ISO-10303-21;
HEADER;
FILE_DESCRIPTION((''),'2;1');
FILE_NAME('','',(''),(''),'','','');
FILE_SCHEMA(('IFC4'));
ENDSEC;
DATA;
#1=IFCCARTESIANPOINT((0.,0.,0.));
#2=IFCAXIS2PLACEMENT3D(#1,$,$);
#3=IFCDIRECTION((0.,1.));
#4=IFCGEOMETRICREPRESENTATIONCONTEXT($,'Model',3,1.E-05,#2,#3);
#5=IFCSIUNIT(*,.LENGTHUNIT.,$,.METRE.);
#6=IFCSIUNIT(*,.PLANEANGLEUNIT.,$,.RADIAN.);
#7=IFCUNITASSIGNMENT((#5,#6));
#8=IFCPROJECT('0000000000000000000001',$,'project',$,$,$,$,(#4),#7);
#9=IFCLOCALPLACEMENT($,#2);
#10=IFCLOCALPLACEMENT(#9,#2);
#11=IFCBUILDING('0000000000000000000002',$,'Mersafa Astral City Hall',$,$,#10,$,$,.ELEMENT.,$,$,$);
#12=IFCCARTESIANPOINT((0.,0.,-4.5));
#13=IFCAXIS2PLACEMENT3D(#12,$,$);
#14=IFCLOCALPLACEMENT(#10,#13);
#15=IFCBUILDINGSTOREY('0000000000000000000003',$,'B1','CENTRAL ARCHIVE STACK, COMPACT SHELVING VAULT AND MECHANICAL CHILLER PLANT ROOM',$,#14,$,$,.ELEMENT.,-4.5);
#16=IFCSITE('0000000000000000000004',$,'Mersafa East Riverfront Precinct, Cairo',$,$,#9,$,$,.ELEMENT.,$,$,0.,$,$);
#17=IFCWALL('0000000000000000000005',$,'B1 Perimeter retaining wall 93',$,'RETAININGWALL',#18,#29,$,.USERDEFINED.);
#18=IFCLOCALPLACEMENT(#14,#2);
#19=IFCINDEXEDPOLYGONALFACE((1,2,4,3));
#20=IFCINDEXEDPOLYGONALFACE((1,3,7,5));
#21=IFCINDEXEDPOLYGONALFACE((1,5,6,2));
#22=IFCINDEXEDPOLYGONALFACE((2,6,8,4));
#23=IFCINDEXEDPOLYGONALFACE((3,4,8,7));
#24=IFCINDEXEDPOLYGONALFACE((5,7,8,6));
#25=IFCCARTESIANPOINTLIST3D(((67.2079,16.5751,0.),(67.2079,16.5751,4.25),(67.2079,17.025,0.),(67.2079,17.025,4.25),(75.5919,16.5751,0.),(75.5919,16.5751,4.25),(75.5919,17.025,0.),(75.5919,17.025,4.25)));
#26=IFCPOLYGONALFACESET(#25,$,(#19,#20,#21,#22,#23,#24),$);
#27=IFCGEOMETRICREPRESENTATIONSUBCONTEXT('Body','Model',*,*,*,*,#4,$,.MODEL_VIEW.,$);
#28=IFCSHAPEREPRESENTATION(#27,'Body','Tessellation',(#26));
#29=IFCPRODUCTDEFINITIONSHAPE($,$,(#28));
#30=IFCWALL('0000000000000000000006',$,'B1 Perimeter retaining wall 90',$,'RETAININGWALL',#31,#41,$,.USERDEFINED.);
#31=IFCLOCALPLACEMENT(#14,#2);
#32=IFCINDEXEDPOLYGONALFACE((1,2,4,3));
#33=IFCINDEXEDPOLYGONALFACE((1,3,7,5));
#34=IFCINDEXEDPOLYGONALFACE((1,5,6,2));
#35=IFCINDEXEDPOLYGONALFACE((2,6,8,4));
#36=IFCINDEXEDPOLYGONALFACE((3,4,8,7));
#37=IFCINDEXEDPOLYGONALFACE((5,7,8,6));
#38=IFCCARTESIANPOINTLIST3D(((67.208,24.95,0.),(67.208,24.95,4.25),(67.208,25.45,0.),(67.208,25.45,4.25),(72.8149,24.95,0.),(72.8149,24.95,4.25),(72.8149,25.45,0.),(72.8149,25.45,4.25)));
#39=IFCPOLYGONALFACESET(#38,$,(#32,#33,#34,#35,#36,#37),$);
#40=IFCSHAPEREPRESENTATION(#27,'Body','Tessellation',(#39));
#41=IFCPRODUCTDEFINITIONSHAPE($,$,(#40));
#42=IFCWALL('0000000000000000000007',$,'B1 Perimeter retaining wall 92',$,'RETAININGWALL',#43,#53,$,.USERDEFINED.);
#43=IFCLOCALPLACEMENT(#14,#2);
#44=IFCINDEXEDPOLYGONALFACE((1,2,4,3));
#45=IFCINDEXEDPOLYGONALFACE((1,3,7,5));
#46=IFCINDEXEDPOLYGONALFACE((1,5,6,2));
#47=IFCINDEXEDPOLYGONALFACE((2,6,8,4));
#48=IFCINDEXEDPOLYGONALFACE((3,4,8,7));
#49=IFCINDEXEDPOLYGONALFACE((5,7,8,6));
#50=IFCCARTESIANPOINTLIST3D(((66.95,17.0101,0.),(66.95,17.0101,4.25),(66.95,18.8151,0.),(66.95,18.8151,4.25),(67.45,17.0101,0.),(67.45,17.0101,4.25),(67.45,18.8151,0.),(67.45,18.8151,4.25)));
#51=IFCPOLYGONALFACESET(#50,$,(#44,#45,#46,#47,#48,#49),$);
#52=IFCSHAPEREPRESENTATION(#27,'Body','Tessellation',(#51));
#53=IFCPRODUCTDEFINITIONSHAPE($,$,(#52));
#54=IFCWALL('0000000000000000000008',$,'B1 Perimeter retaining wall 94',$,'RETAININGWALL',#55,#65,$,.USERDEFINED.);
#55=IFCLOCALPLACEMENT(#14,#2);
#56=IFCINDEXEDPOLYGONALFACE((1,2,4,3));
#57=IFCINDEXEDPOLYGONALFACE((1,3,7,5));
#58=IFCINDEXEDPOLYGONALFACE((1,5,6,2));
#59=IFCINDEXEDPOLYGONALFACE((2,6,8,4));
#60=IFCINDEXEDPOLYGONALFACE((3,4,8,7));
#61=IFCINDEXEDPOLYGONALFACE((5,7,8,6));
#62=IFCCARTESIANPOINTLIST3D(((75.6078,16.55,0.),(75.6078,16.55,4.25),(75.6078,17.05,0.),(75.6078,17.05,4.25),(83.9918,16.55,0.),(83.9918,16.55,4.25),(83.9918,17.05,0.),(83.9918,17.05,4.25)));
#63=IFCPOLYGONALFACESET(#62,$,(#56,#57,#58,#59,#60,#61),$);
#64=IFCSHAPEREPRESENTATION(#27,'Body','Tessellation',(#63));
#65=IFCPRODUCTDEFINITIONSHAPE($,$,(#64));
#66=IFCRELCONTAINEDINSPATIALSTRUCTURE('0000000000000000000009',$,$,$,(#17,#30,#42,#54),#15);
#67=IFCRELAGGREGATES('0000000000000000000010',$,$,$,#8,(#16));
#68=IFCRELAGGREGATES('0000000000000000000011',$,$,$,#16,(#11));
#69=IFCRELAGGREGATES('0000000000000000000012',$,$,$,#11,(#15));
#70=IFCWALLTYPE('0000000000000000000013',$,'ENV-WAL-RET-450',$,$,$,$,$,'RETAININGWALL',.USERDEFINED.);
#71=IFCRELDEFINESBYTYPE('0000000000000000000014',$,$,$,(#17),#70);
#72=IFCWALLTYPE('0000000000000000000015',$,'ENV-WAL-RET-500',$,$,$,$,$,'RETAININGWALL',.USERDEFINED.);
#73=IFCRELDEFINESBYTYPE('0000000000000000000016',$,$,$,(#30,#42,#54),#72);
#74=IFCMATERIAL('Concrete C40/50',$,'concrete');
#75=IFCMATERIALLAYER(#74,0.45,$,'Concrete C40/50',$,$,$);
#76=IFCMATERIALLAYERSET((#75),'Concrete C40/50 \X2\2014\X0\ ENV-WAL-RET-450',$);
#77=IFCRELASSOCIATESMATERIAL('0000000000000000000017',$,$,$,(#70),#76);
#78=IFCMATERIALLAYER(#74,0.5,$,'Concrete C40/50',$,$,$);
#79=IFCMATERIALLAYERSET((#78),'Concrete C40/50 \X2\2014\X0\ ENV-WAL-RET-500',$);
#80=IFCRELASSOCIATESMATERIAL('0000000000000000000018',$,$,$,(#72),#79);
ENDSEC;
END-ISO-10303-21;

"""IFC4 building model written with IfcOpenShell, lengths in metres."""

from ifc_helpers import new_model, si_unit, direction, frame, frame_2d, origin, place, context, subcontext, project, spatial, rectangle, extrude, material, layer, layer_set, type_object, element, save


model = new_model("IFC4")

# Units and contexts
model_context = context("Model", 3, precision=1e-05, world=origin(), true_north=direction((0.0, 1.0)))
body_context = subcontext(model_context, "Body", "Model", "MODEL_VIEW")
ifc_project = project(units=[si_unit("LENGTHUNIT", "METRE"), si_unit("PLANEANGLEUNIT", "RADIAN")], contexts=[model_context])

# Site, building, storey
site_placement = place(None, origin())
site = spatial("IfcSite", under=ifc_project, at=site_placement, Name="Mersafa East Riverfront Precinct, Cairo", CompositionType="ELEMENT", RefElevation=0.0)
building_placement = place(site_placement, origin())
building = spatial("IfcBuilding", under=site, at=building_placement, Name="Mersafa Astral City Hall", CompositionType="ELEMENT")
storey_placement = place(building_placement, frame((0.0, 0.0, -4.5)))
storey = spatial("IfcBuildingStorey", under=building, at=storey_placement, Name="B1", Description="CENTRAL ARCHIVE STACK, COMPACT SHELVING VAULT AND MECHANICAL CHILLER PLANT ROOM", CompositionType="ELEMENT", Elevation=-4.5)

# Shared definitions
ifc_material_1 = material(Name="Concrete C40/50", Category="concrete")

# Walls
ifc_layer_1 = layer(ifc_material_1, 0.45, Name="Concrete C40/50")
ifc_layer_set_1 = layer_set([ifc_layer_1], Name="Concrete C40/50 — ENV-WAL-RET-450")
wall_type_1 = type_object("IfcWallType", Name="ENV-WAL-RET-450", ElementType="RETAININGWALL", PredefinedType="USERDEFINED", material=ifc_layer_set_1)
wall_1_placement = place(storey_placement, frame((67.208, 16.8, 0.0), z_axis=(0.0, 0.0, 1.0), x_axis=(1.0, 0.0, 0.0)))
element("IfcWall", 1, at=wall_1_placement, inside=storey, type_object=wall_type_1, Name="B1 Perimeter retaining wall 93", ObjectType="RETAININGWALL", PredefinedType="USERDEFINED", context=body_context, shape_type="SweptSolid", body=[
    extrude(rectangle(XDim=8.384, YDim=0.45, at=frame_2d((4.1919, 0.0))), origin(), (0.0, 0.0, 1.0), 4.25),
])
ifc_layer_2 = layer(ifc_material_1, 0.5, Name="Concrete C40/50")
ifc_layer_set_2 = layer_set([ifc_layer_2], Name="Concrete C40/50 — ENV-WAL-RET-500")
wall_type_2 = type_object("IfcWallType", Name="ENV-WAL-RET-500", ElementType="RETAININGWALL", PredefinedType="USERDEFINED", material=ifc_layer_set_2)
wall_2_placement = place(storey_placement, frame((67.208, 25.2, 0.0), z_axis=(0.0, 0.0, 1.0), x_axis=(1.0, 0.0, 0.0)))
element("IfcWall", 2, at=wall_2_placement, inside=storey, type_object=wall_type_2, Name="B1 Perimeter retaining wall 90", ObjectType="RETAININGWALL", PredefinedType="USERDEFINED", context=body_context, shape_type="SweptSolid", body=[
    extrude(rectangle(XDim=5.6069, YDim=0.5, at=frame_2d((2.8035, 0.0))), origin(), (0.0, 0.0, 1.0), 4.25),
])
wall_3_placement = place(storey_placement, frame((67.2, 18.8149, 0.0), z_axis=(0.0, 0.0, 1.0), x_axis=(0.0, -1.0, 0.0)))
element("IfcWall", 3, at=wall_3_placement, inside=storey, type_object=wall_type_2, Name="B1 Perimeter retaining wall 92", ObjectType="RETAININGWALL", PredefinedType="USERDEFINED", context=body_context, shape_type="SweptSolid", body=[
    extrude(rectangle(XDim=1.8049, YDim=0.5, at=frame_2d((0.9023, 0.0))), origin(), (0.0, 0.0, 1.0), 4.25),
])
wall_4_placement = place(storey_placement, frame((75.6079, 16.8, 0.0), z_axis=(0.0, 0.0, 1.0), x_axis=(1.0, 0.0, 0.0)))
element("IfcWall", 4, at=wall_4_placement, inside=storey, type_object=wall_type_2, Name="B1 Perimeter retaining wall 94", ObjectType="RETAININGWALL", PredefinedType="USERDEFINED", context=body_context, shape_type="SweptSolid", body=[
    extrude(rectangle(XDim=8.384, YDim=0.5, at=frame_2d((4.1919, 0.0))), origin(), (0.0, 0.0, 1.0), 4.25),
])

save(model, "model.ifc")
